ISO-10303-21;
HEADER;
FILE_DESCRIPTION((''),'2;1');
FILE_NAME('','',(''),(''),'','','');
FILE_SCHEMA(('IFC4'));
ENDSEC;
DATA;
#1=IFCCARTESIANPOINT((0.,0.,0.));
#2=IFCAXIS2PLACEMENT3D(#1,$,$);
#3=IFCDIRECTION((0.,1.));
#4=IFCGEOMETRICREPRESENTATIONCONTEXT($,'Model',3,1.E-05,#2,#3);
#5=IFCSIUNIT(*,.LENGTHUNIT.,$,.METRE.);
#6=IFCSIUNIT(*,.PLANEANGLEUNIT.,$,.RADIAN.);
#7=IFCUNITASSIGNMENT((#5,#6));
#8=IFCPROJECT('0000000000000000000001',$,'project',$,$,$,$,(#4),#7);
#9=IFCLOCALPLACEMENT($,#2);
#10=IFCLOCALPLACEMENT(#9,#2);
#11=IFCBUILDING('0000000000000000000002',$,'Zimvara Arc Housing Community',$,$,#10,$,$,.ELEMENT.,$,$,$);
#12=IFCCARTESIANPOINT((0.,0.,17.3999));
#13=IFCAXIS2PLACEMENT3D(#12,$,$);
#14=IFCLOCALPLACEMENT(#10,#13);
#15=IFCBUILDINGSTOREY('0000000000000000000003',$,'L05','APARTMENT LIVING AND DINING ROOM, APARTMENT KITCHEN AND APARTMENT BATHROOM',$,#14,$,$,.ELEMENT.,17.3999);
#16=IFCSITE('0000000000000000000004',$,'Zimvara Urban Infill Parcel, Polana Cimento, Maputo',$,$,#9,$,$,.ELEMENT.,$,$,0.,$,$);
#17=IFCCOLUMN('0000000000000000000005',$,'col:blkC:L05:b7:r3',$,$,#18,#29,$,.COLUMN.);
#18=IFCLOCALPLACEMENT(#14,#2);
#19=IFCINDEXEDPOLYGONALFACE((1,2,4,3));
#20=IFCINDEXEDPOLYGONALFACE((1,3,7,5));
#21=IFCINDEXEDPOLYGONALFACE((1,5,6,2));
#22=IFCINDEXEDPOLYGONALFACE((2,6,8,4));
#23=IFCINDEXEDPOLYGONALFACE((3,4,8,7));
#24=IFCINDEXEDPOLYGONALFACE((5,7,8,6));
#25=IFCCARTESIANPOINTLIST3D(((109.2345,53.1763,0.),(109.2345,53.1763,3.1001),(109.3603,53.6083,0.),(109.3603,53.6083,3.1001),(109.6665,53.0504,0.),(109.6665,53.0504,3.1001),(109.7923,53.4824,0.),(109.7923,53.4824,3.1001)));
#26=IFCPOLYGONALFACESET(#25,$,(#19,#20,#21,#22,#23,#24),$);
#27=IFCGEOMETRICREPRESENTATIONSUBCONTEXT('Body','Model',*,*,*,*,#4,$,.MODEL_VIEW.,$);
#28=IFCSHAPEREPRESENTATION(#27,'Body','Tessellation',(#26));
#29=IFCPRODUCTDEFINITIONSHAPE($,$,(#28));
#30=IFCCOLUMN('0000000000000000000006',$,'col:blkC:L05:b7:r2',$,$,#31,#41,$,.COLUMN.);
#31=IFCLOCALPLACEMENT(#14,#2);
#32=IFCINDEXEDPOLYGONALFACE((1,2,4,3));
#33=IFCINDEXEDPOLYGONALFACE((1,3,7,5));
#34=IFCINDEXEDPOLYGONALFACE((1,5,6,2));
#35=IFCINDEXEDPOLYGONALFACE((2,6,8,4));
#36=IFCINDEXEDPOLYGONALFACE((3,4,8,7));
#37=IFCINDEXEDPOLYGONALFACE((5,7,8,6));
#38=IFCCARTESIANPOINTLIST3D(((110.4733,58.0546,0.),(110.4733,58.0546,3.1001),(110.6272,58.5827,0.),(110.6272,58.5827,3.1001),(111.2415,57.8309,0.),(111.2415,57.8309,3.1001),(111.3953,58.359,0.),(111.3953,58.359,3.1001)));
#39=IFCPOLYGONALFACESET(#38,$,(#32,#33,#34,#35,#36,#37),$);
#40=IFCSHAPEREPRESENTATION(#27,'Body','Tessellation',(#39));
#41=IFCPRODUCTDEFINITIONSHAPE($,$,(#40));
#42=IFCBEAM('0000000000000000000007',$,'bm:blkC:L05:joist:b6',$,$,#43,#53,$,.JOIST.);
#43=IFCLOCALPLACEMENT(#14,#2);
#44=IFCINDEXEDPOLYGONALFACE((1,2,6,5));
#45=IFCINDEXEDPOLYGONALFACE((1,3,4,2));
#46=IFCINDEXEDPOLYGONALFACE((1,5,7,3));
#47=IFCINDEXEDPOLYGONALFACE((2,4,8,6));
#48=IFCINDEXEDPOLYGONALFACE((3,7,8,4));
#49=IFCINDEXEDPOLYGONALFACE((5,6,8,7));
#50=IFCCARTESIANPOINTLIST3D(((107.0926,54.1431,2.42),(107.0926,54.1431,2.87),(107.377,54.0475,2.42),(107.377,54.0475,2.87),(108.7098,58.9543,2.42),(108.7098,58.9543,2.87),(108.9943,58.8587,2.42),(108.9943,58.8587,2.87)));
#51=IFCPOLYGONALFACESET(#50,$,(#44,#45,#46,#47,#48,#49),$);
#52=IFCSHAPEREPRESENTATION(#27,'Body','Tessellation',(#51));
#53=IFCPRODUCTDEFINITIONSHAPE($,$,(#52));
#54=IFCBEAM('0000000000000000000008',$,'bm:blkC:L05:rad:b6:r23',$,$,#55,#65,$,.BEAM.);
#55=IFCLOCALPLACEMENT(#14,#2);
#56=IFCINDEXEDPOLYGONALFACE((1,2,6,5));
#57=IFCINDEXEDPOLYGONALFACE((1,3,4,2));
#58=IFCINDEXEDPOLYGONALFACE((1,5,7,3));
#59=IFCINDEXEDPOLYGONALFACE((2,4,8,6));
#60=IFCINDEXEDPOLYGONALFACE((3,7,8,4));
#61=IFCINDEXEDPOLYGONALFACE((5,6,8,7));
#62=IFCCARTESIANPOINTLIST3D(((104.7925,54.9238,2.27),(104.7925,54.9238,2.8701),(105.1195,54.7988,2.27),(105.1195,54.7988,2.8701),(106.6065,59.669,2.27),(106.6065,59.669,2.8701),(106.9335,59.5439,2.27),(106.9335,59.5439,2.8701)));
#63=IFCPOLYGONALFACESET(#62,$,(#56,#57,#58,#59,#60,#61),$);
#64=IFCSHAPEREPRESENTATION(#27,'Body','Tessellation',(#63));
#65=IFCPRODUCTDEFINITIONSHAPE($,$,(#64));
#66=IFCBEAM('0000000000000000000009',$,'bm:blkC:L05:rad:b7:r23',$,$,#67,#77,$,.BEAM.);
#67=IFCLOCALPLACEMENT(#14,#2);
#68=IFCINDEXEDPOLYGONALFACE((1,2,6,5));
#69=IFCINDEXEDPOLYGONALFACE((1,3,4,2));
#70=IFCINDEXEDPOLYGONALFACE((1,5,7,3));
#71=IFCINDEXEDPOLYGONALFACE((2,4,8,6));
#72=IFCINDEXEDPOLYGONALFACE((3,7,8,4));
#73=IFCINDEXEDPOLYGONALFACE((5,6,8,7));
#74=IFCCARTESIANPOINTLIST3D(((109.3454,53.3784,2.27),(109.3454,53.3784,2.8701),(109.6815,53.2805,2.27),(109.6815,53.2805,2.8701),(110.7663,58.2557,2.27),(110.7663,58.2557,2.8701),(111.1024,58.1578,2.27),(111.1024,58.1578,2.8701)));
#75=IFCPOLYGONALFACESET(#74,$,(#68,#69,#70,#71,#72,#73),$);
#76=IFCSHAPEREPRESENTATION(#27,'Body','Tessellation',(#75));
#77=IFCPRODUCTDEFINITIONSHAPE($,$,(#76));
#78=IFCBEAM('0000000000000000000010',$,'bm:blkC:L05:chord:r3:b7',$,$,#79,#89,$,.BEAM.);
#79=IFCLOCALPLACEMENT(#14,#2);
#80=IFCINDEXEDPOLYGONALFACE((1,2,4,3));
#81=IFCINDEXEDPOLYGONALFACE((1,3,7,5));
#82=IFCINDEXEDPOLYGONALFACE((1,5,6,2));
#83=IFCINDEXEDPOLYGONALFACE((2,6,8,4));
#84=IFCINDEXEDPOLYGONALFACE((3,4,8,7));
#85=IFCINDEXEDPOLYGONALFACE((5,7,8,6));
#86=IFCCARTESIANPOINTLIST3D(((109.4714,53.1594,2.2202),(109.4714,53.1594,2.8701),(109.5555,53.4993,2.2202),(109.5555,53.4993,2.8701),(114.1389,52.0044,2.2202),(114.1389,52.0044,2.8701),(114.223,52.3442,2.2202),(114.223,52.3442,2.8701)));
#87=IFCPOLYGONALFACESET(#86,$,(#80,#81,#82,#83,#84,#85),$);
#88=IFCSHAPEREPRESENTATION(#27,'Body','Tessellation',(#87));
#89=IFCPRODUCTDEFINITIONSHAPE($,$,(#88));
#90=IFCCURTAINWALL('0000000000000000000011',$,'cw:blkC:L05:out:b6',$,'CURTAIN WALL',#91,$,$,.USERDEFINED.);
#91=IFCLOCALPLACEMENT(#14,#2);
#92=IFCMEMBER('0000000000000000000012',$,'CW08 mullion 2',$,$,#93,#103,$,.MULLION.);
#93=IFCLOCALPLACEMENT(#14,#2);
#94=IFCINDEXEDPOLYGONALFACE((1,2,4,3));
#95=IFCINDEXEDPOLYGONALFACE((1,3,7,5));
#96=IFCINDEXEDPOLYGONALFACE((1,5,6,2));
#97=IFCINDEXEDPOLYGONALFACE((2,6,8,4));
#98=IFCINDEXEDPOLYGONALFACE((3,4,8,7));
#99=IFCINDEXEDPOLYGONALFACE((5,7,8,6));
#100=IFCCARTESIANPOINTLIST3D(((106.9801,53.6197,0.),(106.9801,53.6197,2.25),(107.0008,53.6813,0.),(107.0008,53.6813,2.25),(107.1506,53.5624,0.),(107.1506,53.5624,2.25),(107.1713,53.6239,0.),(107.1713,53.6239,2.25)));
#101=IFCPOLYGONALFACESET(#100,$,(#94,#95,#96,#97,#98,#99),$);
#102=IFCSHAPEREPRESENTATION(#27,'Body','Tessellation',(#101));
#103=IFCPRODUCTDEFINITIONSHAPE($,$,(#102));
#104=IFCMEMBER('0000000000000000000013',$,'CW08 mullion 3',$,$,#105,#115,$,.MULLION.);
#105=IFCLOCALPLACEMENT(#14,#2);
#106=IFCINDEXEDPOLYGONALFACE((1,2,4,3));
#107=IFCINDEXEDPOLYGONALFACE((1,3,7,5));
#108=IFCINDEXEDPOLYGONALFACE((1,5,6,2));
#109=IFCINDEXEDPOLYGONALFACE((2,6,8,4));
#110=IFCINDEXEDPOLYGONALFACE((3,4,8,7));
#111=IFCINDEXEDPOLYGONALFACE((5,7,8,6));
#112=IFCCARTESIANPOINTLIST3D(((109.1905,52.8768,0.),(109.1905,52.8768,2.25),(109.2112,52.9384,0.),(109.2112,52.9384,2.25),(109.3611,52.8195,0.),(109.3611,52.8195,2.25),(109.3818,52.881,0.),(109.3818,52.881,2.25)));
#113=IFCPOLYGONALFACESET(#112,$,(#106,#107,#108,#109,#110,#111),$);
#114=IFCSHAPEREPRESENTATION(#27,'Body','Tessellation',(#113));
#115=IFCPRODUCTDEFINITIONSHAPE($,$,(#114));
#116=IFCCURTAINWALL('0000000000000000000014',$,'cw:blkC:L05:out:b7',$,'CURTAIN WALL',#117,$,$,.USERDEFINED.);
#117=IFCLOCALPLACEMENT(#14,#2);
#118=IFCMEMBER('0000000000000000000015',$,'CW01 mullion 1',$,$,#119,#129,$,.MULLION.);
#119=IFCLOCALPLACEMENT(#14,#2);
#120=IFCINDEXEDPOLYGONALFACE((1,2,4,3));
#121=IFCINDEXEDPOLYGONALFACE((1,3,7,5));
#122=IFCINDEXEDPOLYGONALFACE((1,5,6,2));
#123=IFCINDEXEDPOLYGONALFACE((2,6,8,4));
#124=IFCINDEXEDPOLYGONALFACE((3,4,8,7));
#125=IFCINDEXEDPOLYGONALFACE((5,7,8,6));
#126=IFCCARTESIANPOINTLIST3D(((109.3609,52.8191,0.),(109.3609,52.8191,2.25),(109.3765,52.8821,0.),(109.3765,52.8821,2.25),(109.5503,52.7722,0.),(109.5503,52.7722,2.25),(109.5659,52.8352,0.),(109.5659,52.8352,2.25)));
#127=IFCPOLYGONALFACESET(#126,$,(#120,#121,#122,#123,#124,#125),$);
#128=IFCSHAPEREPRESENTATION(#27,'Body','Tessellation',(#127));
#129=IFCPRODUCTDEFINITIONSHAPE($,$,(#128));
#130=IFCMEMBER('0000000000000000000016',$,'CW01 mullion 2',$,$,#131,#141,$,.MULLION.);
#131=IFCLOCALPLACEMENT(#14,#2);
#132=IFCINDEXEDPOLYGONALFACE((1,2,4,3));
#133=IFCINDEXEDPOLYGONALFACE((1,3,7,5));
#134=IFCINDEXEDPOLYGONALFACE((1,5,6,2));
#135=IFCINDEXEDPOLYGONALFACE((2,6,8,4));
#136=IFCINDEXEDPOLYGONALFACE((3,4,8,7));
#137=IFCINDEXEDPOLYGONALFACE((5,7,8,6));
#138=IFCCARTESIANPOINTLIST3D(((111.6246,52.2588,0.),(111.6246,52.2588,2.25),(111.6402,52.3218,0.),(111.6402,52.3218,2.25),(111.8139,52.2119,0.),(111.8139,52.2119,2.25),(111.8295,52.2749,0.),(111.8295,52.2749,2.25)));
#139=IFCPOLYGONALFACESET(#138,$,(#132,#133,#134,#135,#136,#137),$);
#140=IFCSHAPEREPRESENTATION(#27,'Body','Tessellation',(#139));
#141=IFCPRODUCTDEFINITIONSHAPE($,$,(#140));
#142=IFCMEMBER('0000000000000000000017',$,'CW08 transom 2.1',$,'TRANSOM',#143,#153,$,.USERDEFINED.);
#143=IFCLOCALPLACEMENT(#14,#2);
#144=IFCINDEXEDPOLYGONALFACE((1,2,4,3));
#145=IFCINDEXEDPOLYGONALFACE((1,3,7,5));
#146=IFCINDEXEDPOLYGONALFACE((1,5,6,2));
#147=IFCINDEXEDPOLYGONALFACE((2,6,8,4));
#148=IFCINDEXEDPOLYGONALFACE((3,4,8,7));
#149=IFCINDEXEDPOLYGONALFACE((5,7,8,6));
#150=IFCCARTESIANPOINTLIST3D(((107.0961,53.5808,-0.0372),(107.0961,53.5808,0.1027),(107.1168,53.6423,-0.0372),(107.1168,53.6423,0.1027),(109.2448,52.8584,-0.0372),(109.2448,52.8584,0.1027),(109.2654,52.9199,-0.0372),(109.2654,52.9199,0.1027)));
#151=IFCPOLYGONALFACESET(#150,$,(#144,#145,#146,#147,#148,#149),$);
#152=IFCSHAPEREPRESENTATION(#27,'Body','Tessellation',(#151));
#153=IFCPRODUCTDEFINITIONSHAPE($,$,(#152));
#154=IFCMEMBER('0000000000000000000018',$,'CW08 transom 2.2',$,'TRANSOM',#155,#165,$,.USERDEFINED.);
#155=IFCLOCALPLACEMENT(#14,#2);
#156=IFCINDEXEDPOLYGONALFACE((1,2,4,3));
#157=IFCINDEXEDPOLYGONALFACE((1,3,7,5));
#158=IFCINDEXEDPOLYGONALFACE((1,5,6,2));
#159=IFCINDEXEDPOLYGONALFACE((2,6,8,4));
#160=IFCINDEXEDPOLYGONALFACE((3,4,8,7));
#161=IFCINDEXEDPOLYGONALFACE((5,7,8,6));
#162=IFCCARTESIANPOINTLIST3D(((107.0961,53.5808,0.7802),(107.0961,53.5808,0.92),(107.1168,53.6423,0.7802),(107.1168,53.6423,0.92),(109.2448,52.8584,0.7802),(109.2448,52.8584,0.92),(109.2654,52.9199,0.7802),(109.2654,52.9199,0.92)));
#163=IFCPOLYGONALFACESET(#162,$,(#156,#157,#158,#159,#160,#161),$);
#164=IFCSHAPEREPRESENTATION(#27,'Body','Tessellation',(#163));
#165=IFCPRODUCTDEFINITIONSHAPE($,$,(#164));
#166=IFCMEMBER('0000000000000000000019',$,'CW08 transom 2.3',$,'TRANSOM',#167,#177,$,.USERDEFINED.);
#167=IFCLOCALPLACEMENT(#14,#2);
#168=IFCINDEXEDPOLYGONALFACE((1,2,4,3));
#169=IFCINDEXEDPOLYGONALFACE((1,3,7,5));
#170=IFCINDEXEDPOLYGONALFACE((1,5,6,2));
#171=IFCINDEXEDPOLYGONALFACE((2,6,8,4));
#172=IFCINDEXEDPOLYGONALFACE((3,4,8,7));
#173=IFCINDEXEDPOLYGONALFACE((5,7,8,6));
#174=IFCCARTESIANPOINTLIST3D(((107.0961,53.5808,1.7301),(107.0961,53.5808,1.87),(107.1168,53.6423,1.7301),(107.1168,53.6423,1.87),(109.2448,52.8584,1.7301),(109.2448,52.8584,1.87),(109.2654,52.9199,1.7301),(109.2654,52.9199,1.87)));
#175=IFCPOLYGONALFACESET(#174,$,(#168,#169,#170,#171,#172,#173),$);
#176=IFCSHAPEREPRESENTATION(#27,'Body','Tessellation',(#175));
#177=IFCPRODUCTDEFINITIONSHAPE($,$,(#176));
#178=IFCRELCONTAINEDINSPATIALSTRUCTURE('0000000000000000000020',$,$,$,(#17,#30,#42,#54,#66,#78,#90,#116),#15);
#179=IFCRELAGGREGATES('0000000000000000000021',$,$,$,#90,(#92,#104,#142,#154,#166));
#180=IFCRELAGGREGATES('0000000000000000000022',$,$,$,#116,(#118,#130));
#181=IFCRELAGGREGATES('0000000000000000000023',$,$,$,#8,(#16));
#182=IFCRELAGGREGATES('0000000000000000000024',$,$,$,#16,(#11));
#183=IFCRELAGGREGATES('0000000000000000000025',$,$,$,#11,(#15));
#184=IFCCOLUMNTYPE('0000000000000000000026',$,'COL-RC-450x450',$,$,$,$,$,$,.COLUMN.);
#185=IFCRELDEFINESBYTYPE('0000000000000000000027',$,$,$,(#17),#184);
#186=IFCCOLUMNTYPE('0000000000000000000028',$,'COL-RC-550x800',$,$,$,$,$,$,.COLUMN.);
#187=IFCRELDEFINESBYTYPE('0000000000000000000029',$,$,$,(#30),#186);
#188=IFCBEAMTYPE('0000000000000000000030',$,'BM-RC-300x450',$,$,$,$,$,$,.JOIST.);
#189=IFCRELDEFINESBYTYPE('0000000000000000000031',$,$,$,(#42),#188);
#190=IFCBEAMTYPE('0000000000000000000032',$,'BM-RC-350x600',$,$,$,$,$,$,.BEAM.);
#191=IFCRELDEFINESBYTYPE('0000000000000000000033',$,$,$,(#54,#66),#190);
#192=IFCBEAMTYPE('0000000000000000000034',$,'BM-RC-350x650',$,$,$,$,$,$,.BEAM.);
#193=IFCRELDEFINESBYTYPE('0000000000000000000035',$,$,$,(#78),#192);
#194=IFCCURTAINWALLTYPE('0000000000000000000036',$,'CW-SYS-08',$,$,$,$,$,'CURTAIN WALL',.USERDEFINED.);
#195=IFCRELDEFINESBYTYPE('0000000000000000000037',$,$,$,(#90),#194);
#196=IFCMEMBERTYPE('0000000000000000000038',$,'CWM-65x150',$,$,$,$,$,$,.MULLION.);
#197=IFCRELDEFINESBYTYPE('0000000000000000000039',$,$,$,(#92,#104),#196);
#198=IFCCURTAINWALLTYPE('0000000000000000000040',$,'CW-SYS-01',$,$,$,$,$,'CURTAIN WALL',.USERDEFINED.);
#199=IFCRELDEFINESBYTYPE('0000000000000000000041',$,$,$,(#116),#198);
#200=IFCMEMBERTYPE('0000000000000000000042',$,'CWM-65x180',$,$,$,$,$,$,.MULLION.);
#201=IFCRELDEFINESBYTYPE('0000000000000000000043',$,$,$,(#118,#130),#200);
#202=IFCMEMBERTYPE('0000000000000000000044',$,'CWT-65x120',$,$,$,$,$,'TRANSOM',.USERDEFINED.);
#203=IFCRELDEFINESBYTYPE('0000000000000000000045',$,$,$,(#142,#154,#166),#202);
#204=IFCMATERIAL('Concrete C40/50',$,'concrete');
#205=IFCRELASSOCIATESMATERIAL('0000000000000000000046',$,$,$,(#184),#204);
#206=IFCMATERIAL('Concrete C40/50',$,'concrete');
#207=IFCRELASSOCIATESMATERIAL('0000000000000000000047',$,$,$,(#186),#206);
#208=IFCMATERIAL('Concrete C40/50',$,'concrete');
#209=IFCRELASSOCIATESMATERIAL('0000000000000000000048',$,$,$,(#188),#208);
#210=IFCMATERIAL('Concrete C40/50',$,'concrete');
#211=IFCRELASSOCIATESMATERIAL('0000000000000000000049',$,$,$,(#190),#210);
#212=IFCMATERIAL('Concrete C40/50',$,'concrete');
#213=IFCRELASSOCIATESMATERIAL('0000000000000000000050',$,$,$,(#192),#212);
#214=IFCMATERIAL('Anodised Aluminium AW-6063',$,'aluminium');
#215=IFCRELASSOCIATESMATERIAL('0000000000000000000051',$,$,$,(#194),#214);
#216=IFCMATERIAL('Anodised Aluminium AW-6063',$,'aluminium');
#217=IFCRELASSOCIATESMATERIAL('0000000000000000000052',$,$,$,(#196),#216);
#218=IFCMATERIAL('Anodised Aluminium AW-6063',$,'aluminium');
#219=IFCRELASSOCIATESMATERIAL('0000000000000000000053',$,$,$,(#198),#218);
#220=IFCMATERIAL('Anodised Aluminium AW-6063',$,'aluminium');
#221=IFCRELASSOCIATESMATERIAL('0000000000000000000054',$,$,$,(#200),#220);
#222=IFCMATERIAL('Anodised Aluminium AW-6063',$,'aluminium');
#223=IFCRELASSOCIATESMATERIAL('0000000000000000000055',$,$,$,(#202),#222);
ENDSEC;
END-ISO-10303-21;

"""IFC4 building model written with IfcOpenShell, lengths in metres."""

from ifc_helpers import new_model, si_unit, direction, frame, origin, origin_2d, place, context, subcontext, project, spatial, rectangle, extrude, material, material_profile, profile_set, type_object, element, aggregate, save


model = new_model("IFC4")

# Units and contexts
model_context = context("Model", 3, precision=1e-05, world=origin(), true_north=direction((0.0, 1.0)))
body_context = subcontext(model_context, "Body", "Model", "MODEL_VIEW")
ifc_project = project(units=[si_unit("LENGTHUNIT", "METRE"), si_unit("PLANEANGLEUNIT", "RADIAN")], contexts=[model_context])

# Site, building, storey
site_placement = place(None, origin())
site = spatial("IfcSite", under=ifc_project, at=site_placement, Name="Zimvara Urban Infill Parcel, Polana Cimento, Maputo", CompositionType="ELEMENT", RefElevation=0.0)
building_placement = place(site_placement, origin())
building = spatial("IfcBuilding", under=site, at=building_placement, Name="Zimvara Arc Housing Community", CompositionType="ELEMENT")
storey_placement = place(building_placement, frame((0.0, 0.0, 17.3999)))
storey = spatial("IfcBuildingStorey", under=building, at=storey_placement, Name="L05", Description="APARTMENT LIVING AND DINING ROOM, APARTMENT KITCHEN AND APARTMENT BATHROOM", CompositionType="ELEMENT", Elevation=17.3999)

# Columns
ifc_material_1 = material(Name="Concrete C40/50", Category="concrete")
ifc_material_profile_1 = material_profile(ifc_material_1, rectangle(XDim=0.45, YDim=0.45, at=origin_2d()), Name="RC 450x450")
ifc_profile_set_1 = profile_set([ifc_material_profile_1], Name="Concrete C40/50")
column_type_1 = type_object("IfcColumnType", Name="COL-RC-450x450", PredefinedType="COLUMN", material=ifc_profile_set_1)
column_1_placement = place(storey_placement, frame((109.5134, 53.3293, 0.0), z_axis=(0.0, 0.0, 1.0), x_axis=(-0.279661, -0.960099, 0.0)))
element("IfcColumn", 1, at=column_1_placement, inside=storey, type_object=column_type_1, Name="col:blkC:L05:b7:r3", PredefinedType="COLUMN", context=body_context, shape_type="SweptSolid", body=[
    extrude(rectangle(XDim=0.45, YDim=0.45, at=origin_2d()), origin(), (0.0, 0.0, 1.0), 3.1001),
])
ifc_material_2 = material(Name="Concrete C40/50", Category="concrete")
ifc_material_profile_2 = material_profile(ifc_material_2, rectangle(XDim=0.55, YDim=0.8, at=origin_2d()), Name="RC 550x800")
ifc_profile_set_2 = profile_set([ifc_material_profile_2], Name="Concrete C40/50")
column_type_2 = type_object("IfcColumnType", Name="COL-RC-550x800", PredefinedType="COLUMN", material=ifc_profile_set_2)
column_2_placement = place(storey_placement, frame((110.9343, 58.2068, 0.0), z_axis=(0.0, 0.0, 1.0), x_axis=(-0.279661, -0.960099, 0.0)))
element("IfcColumn", 2, at=column_2_placement, inside=storey, type_object=column_type_2, Name="col:blkC:L05:b7:r2", PredefinedType="COLUMN", context=body_context, shape_type="SweptSolid", body=[
    extrude(rectangle(XDim=0.55, YDim=0.8, at=origin_2d()), origin(), (0.0, 0.0, 1.0), 3.1001),
])

# Beams
ifc_material_3 = material(Name="Concrete C40/50", Category="concrete")
ifc_material_profile_3 = material_profile(ifc_material_3, rectangle(XDim=0.3, YDim=0.45, at=origin_2d()), Name="RC 300x450")
ifc_profile_set_3 = profile_set([ifc_material_profile_3], Name="Concrete C40/50")
beam_type_1 = type_object("IfcBeamType", Name="BM-RC-300x450", PredefinedType="JOIST", material=ifc_profile_set_3)
beam_1_placement = place(storey_placement, frame((108.8521, 58.9065, 2.645), z_axis=(-0.318622, -0.947882, 0.0), x_axis=(0.947882, -0.318622, 0.0)))
element("IfcBeam", 3, at=beam_1_placement, inside=storey, type_object=beam_type_1, Name="bm:blkC:L05:joist:b6", PredefinedType="JOIST", context=body_context, shape_type="SweptSolid", body=[
    extrude(rectangle(XDim=0.3, YDim=0.45, at=origin_2d()), origin(), (0.0, 0.0, 1.0), 5.0757),
])
ifc_material_4 = material(Name="Concrete C40/50", Category="concrete")
ifc_material_profile_4 = material_profile(ifc_material_4, rectangle(XDim=0.3501, YDim=0.6001, at=origin_2d()), Name="RC 350x600")
ifc_profile_set_4 = profile_set([ifc_material_profile_4], Name="Concrete C40/50")
beam_type_2 = type_object("IfcBeamType", Name="BM-RC-350x600", PredefinedType="BEAM", material=ifc_profile_set_4)
for number, where, z_axis, x_axis, name in (
    (4, (106.77, 59.6064, 2.5701), (-0.357078, -0.934074, 0.0), (0.934074, -0.357078, 0.0), "bm:blkC:L05:rad:b6:r23"),
    (5, (110.9343, 58.2068, 2.5701), (-0.279694, -0.960089, 0.0), (0.960089, -0.279694, 0.0), "bm:blkC:L05:rad:b7:r23"),
):
    element("IfcBeam", number, at=place(storey_placement, frame(where, z_axis=z_axis, x_axis=x_axis)), inside=storey, type_object=beam_type_2, Name=name, PredefinedType="BEAM", context=body_context, shape_type="SweptSolid", body=[
        extrude(rectangle(XDim=0.3501, YDim=0.6001, at=origin_2d()), origin(), (0.0, 0.0, 1.0), 5.0801),
    ])
ifc_material_5 = material(Name="Concrete C40/50", Category="concrete")
ifc_material_profile_5 = material_profile(ifc_material_5, rectangle(XDim=0.3501, YDim=0.6499, at=origin_2d()), Name="RC 350x650")
ifc_profile_set_5 = profile_set([ifc_material_profile_5], Name="Concrete C40/50")
beam_type_3 = type_object("IfcBeamType", Name="BM-RC-350x650", PredefinedType="BEAM", material=ifc_profile_set_5)
beam_2_placement = place(storey_placement, frame((109.5134, 53.3293, 2.5452), z_axis=(0.970719, -0.240217, 0.0), x_axis=(0.240217, 0.970719, 0.0)))
element("IfcBeam", 6, at=beam_2_placement, inside=storey, type_object=beam_type_3, Name="bm:blkC:L05:chord:r3:b7", PredefinedType="BEAM", context=body_context, shape_type="SweptSolid", body=[
    extrude(rectangle(XDim=0.3501, YDim=0.6499, at=origin_2d()), origin(), (0.0, 0.0, 1.0), 4.8083),
])

# Curtain walls, members
ifc_material_6 = material(Name="Anodised Aluminium AW-6063", Category="aluminium")
curtain_wall_type_1 = type_object("IfcCurtainWallType", Name="CW-SYS-08", ElementType="CURTAIN WALL", PredefinedType="USERDEFINED", material=ifc_material_6)
curtain_wall_1_placement = place(storey_placement, origin())
curtain_wall_1 = element("IfcCurtainWall", 7, at=curtain_wall_1_placement, inside=storey, type_object=curtain_wall_type_1, Name="cw:blkC:L05:out:b6", ObjectType="CURTAIN WALL", PredefinedType="USERDEFINED")
ifc_material_7 = material(Name="Anodised Aluminium AW-6063", Category="aluminium")
ifc_material_profile_6 = material_profile(ifc_material_7, rectangle(XDim=0.0649, YDim=0.1799, at=origin_2d()), Name="ALU 65x180")
ifc_profile_set_6 = profile_set([ifc_material_profile_6], Name="Anodised Aluminium AW-6063")
member_type_1 = type_object("IfcMemberType", Name="CWM-65x150", PredefinedType="MULLION", material=ifc_profile_set_6)
member_1_placement = place(storey_placement, frame((107.0757, 53.6218, 0.0), z_axis=(0.0, 0.0, 1.0), x_axis=(0.318629, 0.94788, 0.0)))
member_1 = element("IfcMember", 8, at=member_1_placement, type_object=member_type_1, Name="CW08 mullion 2", PredefinedType="MULLION", context=body_context, shape_type="SweptSolid", body=[
    extrude(rectangle(XDim=0.0649, YDim=0.1799, at=origin_2d()), origin(), (0.0, 0.0, 1.0), 2.25),
])
member_2_placement = place(storey_placement, frame((109.2861, 52.8789, 0.0), z_axis=(0.0, 0.0, 1.0), x_axis=(0.318629, 0.94788, 0.0)))
member_2 = element("IfcMember", 9, at=member_2_placement, type_object=member_type_1, Name="CW08 mullion 3", PredefinedType="MULLION", context=body_context, shape_type="SweptSolid", body=[
    extrude(rectangle(XDim=0.0649, YDim=0.1799, at=origin_2d()), origin(), (0.0, 0.0, 1.0), 2.25),
])
ifc_material_8 = material(Name="Anodised Aluminium AW-6063", Category="aluminium")
curtain_wall_type_2 = type_object("IfcCurtainWallType", Name="CW-SYS-01", ElementType="CURTAIN WALL", PredefinedType="USERDEFINED", material=ifc_material_8)
curtain_wall_2_placement = place(storey_placement, origin())
curtain_wall_2 = element("IfcCurtainWall", 10, at=curtain_wall_2_placement, inside=storey, type_object=curtain_wall_type_2, Name="cw:blkC:L05:out:b7", ObjectType="CURTAIN WALL", PredefinedType="USERDEFINED")
ifc_material_9 = material(Name="Anodised Aluminium AW-6063", Category="aluminium")
ifc_material_profile_7 = material_profile(ifc_material_9, rectangle(XDim=0.0649, YDim=0.1951, at=origin_2d()), Name="ALU 65x195")
ifc_profile_set_7 = profile_set([ifc_material_profile_7], Name="Anodised Aluminium AW-6063")
member_type_2 = type_object("IfcMemberType", Name="CWM-65x180", PredefinedType="MULLION", material=ifc_profile_set_7)
member_3_placement = place(storey_placement, frame((109.4634, 52.8271, 0.0), z_axis=(0.0, 0.0, 1.0), x_axis=(0.24023, 0.970716, 0.0)))
member_3 = element("IfcMember", 11, at=member_3_placement, type_object=member_type_2, Name="CW01 mullion 1", PredefinedType="MULLION", context=body_context, shape_type="SweptSolid", body=[
    extrude(rectangle(XDim=0.0649, YDim=0.1951, at=origin_2d()), origin(), (0.0, 0.0, 1.0), 2.25),
])
member_4_placement = place(storey_placement, frame((111.7271, 52.2668, 0.0), z_axis=(0.0, 0.0, 1.0), x_axis=(0.24023, 0.970716, 0.0)))
member_4 = element("IfcMember", 12, at=member_4_placement, type_object=member_type_2, Name="CW01 mullion 2", PredefinedType="MULLION", context=body_context, shape_type="SweptSolid", body=[
    extrude(rectangle(XDim=0.0649, YDim=0.1951, at=origin_2d()), origin(), (0.0, 0.0, 1.0), 2.25),
])

# Members
ifc_material_10 = material(Name="Anodised Aluminium AW-6063", Category="aluminium")
ifc_material_profile_8 = material_profile(ifc_material_10, rectangle(XDim=0.0649, YDim=0.1399, at=origin_2d()), Name="ALU 65x140")
ifc_profile_set_8 = profile_set([ifc_material_profile_8], Name="Anodised Aluminium AW-6063")
member_type_3 = type_object("IfcMemberType", Name="CWT-65x120", ElementType="TRANSOM", PredefinedType="USERDEFINED", material=ifc_profile_set_8)
member_5_placement = place(storey_placement, frame((107.1064, 53.6116, 0.0327), z_axis=(0.947862, -0.318682, 0.0), x_axis=(0.318682, 0.947862, 0.0)))
member_5 = element("IfcMember", 13, at=member_5_placement, type_object=member_type_3, Name="CW08 transom 2.1", ObjectType="TRANSOM", PredefinedType="USERDEFINED", context=body_context, shape_type="SweptSolid", body=[
    extrude(rectangle(XDim=0.0649, YDim=0.1399, at=origin_2d()), origin(), (0.0, 0.0, 1.0), 2.2668),
])
member_6_placement = place(storey_placement, frame((107.1064, 53.6116, 0.8501), z_axis=(0.947862, -0.318682, 0.0), x_axis=(0.318682, 0.947862, 0.0)))
member_6 = element("IfcMember", 14, at=member_6_placement, type_object=member_type_3, Name="CW08 transom 2.2", ObjectType="TRANSOM", PredefinedType="USERDEFINED", context=body_context, shape_type="SweptSolid", body=[
    extrude(rectangle(XDim=0.0649, YDim=0.1399, at=origin_2d()), origin(), (0.0, 0.0, 1.0), 2.2668),
])
member_7_placement = place(storey_placement, frame((107.1064, 53.6116, 1.8), z_axis=(0.947862, -0.318682, 0.0), x_axis=(0.318682, 0.947862, 0.0)))
member_7 = element("IfcMember", 15, at=member_7_placement, type_object=member_type_3, Name="CW08 transom 2.3", ObjectType="TRANSOM", PredefinedType="USERDEFINED", context=body_context, shape_type="SweptSolid", body=[
    extrude(rectangle(XDim=0.0649, YDim=0.1399, at=origin_2d()), origin(), (0.0, 0.0, 1.0), 2.2668),
])

aggregate(curtain_wall_1, [member_1, member_2, member_5, member_6, member_7])
aggregate(curtain_wall_2, [member_3, member_4])

save(model, "model.ifc")
